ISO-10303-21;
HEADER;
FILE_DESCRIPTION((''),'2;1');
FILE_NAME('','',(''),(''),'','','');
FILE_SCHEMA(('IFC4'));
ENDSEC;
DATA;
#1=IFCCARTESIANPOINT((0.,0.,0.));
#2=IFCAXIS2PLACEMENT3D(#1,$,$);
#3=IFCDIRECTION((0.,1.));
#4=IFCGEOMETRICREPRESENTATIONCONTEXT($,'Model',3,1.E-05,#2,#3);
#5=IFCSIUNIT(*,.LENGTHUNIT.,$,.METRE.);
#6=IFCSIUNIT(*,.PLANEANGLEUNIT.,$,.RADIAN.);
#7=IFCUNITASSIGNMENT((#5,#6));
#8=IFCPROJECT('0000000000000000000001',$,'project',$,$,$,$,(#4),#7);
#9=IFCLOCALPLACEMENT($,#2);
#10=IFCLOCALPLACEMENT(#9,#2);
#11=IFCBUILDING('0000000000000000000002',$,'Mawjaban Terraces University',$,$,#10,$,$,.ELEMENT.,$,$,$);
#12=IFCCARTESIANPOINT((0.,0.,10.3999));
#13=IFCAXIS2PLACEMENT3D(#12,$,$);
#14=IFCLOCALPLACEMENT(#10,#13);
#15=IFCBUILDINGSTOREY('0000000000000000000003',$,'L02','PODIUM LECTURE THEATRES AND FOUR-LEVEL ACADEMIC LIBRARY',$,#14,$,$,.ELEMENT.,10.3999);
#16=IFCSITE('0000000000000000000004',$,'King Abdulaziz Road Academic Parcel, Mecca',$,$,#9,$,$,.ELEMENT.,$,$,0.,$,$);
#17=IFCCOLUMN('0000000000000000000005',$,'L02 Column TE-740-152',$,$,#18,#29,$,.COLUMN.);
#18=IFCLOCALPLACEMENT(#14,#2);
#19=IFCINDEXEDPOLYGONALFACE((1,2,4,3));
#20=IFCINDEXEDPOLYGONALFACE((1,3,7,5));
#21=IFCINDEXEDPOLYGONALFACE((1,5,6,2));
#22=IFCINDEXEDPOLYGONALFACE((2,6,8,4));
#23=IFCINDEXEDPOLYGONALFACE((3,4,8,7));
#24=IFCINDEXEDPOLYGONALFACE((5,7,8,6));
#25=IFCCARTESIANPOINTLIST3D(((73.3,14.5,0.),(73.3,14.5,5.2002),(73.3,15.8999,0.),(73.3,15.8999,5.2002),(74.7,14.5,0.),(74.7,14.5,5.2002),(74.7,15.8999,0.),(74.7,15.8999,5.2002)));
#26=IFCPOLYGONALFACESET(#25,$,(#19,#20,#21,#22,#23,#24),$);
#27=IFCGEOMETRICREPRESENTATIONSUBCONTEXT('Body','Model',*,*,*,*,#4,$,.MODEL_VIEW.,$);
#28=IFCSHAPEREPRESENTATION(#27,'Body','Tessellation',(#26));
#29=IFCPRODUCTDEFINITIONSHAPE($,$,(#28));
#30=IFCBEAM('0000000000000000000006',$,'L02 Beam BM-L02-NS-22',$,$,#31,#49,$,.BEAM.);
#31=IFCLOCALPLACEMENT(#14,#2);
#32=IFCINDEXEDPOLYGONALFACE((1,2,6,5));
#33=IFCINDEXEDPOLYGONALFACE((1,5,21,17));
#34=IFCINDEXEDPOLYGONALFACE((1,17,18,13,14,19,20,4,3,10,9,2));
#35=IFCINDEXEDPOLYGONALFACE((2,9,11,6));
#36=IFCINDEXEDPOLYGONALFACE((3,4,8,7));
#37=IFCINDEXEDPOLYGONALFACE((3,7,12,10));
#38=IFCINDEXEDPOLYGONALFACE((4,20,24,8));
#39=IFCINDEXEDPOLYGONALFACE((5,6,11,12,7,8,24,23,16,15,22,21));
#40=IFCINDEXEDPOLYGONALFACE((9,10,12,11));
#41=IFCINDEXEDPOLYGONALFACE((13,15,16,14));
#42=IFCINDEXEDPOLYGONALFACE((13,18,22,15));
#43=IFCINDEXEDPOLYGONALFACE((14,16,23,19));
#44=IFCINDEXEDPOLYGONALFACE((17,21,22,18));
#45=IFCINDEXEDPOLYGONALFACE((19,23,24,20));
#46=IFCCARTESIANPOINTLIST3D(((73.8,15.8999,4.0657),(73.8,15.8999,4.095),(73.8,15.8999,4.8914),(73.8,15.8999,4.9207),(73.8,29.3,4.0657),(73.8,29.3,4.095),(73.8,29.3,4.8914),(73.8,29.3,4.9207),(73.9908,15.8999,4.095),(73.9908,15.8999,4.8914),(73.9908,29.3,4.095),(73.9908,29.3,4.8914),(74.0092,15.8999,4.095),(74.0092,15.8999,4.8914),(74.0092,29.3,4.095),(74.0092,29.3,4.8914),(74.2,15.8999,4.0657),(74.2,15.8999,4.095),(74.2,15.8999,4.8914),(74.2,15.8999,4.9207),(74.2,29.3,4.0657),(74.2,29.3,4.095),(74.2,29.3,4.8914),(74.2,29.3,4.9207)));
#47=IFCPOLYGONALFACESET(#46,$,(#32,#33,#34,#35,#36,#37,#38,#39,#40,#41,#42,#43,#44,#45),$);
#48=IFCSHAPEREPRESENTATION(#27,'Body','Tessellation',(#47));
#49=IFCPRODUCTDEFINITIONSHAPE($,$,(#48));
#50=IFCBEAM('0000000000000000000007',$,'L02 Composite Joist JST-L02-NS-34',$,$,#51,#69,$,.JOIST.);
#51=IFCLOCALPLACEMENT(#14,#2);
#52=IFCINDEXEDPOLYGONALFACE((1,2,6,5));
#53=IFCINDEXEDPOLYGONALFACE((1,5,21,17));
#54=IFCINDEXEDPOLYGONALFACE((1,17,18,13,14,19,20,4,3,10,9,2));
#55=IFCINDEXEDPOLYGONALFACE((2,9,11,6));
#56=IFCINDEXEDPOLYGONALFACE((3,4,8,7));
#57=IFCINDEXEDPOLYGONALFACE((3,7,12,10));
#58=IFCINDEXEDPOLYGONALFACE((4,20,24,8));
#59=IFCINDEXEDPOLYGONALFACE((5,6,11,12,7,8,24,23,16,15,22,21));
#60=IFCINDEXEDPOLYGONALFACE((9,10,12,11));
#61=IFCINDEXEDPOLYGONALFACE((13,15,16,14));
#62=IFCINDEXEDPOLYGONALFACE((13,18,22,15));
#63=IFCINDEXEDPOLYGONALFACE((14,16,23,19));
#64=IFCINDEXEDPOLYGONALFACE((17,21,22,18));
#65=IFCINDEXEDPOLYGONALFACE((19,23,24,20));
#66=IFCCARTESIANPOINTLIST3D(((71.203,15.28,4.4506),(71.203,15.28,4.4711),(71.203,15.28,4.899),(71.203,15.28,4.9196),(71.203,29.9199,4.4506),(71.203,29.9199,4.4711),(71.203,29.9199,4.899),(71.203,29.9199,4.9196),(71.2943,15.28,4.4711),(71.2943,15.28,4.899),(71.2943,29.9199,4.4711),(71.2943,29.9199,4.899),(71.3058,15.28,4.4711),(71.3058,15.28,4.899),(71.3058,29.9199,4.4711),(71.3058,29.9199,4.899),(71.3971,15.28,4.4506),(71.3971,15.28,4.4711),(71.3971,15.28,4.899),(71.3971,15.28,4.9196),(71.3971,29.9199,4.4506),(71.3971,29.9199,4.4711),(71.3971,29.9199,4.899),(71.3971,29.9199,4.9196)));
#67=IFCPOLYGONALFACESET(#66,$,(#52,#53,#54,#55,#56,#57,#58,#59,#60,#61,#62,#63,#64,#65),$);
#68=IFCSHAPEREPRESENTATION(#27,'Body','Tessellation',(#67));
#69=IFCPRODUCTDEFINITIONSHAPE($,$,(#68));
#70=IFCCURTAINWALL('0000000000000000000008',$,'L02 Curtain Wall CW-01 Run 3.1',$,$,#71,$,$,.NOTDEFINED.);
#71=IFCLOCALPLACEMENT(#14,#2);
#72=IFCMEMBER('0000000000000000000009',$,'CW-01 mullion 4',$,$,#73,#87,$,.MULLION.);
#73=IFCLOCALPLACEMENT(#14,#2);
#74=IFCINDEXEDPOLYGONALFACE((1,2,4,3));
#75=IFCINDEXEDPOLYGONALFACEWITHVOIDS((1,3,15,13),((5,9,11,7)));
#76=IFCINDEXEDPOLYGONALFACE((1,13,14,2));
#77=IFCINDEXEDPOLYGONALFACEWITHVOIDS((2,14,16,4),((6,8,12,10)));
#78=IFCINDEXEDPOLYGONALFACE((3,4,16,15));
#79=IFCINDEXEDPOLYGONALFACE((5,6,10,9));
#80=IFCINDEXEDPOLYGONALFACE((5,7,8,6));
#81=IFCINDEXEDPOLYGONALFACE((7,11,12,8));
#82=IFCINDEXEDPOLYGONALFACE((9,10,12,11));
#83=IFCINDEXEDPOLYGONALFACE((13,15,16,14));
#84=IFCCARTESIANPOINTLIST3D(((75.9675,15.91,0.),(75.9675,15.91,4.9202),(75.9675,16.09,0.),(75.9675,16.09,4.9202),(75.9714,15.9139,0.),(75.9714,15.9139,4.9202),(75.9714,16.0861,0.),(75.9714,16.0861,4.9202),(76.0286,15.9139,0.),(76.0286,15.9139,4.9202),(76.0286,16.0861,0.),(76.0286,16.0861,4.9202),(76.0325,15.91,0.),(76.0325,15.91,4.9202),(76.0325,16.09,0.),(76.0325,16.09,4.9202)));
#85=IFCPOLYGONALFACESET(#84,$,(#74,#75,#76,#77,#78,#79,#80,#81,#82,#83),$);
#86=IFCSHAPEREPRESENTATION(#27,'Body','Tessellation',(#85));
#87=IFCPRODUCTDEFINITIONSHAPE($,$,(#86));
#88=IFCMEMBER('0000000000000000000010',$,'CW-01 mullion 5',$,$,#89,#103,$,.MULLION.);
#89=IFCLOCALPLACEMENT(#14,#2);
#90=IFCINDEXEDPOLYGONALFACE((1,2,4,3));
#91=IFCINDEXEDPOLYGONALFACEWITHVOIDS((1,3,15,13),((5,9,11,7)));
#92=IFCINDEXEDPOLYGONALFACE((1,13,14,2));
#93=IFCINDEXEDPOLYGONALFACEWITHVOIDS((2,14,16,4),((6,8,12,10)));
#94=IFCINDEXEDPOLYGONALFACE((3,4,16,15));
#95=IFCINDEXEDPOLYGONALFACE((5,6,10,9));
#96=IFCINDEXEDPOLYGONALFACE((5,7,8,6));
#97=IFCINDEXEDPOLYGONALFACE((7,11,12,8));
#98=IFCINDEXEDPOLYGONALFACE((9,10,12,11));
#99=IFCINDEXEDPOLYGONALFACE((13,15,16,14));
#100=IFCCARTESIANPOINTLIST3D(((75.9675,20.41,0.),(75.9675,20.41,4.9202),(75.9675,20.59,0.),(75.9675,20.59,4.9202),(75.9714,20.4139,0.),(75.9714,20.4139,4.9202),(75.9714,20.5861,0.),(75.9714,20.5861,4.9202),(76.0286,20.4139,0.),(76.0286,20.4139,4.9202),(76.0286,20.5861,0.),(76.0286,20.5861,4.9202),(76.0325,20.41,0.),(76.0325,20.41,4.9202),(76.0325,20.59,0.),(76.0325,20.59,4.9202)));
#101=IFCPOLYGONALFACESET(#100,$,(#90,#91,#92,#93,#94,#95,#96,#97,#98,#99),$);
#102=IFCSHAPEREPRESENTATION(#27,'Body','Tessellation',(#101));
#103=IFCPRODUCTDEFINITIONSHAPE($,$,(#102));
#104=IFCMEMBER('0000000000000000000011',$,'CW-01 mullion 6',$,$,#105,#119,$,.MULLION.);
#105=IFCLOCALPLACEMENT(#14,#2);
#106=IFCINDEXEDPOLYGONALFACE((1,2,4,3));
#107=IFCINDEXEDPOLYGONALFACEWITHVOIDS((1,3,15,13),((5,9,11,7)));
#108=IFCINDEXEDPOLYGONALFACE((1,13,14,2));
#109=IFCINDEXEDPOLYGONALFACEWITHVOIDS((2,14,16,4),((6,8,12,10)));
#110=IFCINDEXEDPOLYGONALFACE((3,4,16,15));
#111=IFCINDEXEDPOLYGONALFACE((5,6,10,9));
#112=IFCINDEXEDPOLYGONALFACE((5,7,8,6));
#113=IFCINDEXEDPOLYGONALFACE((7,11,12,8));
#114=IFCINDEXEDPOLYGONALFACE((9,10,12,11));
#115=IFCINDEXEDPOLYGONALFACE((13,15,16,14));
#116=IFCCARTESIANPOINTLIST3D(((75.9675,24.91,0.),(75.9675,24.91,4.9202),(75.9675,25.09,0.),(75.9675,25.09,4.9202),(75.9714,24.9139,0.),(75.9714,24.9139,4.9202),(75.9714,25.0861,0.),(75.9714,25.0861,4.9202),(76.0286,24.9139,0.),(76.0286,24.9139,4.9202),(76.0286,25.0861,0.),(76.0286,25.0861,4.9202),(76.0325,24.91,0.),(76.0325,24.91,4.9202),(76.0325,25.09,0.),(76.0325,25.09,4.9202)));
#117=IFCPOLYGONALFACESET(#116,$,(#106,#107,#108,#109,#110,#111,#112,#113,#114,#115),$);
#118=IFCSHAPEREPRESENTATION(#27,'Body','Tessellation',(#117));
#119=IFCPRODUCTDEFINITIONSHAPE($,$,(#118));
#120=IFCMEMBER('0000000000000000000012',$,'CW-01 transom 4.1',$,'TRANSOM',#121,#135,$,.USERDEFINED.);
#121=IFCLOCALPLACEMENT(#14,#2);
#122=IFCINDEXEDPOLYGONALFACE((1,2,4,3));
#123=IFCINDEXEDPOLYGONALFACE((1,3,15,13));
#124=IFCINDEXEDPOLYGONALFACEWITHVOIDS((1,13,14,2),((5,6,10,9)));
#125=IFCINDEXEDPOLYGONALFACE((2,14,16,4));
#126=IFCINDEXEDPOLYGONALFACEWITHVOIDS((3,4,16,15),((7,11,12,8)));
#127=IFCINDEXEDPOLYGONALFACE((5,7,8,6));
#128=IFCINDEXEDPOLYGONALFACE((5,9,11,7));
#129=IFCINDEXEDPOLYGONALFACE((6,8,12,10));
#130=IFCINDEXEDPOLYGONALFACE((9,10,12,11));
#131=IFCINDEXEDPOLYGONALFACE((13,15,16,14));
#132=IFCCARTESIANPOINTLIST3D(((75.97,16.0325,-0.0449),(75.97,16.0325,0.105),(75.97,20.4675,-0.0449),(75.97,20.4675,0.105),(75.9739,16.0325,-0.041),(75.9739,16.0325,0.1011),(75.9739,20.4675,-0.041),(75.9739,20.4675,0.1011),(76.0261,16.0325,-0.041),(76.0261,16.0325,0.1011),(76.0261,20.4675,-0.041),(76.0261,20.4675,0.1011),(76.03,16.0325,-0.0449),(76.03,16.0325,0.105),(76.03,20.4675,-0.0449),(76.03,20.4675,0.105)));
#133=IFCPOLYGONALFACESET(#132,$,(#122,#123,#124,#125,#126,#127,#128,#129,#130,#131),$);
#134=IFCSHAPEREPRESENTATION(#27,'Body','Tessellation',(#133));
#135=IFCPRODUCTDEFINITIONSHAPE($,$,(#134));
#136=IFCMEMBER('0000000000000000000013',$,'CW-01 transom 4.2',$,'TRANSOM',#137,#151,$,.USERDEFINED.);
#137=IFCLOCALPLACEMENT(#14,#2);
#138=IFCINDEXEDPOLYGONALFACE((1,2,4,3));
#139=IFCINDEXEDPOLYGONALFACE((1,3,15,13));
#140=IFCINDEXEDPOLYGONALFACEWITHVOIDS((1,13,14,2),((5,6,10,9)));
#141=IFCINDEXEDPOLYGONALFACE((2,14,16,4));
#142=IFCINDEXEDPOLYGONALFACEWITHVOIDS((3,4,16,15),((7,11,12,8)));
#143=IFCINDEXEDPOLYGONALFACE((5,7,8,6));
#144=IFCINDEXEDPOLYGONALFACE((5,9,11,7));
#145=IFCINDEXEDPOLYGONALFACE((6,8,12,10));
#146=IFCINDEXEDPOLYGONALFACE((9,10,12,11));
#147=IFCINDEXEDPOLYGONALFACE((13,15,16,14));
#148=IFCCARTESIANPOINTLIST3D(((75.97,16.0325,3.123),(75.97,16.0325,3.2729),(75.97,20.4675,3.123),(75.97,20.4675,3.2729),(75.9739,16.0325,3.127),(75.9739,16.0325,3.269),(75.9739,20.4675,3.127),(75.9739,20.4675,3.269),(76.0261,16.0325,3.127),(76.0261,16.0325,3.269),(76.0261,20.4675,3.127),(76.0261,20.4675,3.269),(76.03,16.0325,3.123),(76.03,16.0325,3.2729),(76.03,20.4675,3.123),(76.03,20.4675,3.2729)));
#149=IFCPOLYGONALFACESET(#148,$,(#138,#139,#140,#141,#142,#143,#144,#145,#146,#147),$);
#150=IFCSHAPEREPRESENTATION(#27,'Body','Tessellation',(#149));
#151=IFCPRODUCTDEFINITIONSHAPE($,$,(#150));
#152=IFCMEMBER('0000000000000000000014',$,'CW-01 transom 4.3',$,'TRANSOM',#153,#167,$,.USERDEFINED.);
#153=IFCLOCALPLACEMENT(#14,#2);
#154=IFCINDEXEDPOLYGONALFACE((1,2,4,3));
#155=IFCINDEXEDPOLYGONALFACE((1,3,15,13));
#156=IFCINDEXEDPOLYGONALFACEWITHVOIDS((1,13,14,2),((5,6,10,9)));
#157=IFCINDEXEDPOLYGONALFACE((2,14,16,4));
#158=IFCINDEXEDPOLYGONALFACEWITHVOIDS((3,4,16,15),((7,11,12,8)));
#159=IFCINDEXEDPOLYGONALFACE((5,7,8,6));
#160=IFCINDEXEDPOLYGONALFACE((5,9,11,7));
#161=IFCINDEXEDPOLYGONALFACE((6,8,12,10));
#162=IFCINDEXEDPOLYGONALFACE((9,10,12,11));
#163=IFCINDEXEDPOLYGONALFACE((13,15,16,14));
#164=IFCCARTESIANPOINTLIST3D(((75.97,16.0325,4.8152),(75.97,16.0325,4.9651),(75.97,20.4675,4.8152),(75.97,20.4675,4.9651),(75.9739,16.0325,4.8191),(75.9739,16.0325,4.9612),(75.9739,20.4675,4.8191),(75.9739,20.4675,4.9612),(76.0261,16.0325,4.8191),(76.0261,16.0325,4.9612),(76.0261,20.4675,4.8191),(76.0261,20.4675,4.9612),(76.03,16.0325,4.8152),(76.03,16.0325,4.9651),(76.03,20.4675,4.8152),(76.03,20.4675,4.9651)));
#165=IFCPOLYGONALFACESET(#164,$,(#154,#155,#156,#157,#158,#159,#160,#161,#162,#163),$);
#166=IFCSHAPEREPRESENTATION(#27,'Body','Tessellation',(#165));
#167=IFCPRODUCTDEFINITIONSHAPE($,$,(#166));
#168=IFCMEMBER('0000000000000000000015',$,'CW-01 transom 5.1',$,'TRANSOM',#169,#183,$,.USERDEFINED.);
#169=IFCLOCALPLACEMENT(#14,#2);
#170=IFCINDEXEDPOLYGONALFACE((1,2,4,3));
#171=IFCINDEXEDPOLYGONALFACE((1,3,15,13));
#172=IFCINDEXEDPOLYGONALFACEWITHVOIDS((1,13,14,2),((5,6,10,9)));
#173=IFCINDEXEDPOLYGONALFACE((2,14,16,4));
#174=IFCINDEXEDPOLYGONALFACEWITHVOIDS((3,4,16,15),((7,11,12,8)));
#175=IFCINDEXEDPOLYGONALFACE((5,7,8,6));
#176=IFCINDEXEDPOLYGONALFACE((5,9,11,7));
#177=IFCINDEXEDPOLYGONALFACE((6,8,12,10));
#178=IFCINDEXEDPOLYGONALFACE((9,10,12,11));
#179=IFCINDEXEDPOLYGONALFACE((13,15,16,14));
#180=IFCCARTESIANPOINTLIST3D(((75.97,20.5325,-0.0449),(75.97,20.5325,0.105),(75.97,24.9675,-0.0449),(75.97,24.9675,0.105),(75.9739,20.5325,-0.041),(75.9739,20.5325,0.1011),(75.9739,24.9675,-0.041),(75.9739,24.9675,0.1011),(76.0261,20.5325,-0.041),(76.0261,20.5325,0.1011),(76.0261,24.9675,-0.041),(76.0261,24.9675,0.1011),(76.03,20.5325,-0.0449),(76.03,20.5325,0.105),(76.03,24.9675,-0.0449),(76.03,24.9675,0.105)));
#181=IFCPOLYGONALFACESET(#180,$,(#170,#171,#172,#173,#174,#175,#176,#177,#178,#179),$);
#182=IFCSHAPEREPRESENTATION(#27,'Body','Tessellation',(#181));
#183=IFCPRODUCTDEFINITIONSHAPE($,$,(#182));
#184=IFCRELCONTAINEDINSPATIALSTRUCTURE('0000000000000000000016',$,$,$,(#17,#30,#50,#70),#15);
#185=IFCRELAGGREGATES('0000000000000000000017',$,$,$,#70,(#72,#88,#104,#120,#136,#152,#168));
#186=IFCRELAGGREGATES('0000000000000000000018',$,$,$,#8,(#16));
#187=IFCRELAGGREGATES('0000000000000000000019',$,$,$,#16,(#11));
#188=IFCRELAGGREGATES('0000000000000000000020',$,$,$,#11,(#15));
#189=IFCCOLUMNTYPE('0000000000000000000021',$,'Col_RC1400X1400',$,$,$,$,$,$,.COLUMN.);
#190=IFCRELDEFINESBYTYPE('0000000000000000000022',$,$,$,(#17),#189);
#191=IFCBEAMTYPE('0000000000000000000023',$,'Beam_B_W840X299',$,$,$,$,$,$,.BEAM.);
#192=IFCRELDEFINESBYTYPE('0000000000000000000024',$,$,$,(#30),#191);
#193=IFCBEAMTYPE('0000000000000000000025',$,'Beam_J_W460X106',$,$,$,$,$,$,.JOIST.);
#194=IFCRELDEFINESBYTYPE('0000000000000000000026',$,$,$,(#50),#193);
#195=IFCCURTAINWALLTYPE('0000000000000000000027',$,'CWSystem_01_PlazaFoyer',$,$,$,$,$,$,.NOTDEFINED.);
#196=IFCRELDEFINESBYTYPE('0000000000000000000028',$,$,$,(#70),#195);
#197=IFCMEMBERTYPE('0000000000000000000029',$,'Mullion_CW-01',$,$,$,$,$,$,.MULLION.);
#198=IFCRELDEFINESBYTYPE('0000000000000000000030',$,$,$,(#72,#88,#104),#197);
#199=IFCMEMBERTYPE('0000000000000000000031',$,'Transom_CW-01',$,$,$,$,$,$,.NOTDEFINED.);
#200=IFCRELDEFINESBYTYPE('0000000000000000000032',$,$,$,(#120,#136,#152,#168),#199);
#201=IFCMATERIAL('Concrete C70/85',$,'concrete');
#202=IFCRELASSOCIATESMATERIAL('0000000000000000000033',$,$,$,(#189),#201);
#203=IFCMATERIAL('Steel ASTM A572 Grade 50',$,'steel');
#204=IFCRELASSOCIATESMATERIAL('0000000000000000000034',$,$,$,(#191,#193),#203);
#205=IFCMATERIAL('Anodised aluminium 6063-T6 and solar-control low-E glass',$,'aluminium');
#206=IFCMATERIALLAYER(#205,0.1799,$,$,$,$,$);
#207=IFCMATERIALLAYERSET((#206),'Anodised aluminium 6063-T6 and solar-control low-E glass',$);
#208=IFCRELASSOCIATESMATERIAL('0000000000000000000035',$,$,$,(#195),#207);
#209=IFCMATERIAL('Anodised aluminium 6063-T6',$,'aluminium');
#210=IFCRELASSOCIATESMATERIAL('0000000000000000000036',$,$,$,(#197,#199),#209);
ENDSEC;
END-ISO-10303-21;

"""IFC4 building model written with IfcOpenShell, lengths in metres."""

from ifc_helpers import new_model, si_unit, direction, frame, origin, origin_2d, place, context, subcontext, project, spatial, rectangle, hollow_rectangle, i_section, extrude, material, layer, layer_set, material_profile, profile_set, type_object, element, aggregate, save


model = new_model("IFC4")

# Units and contexts
model_context = context("Model", 3, precision=1e-05, world=origin(), true_north=direction((0.0, 1.0)))
body_context = subcontext(model_context, "Body", "Model", "MODEL_VIEW")
ifc_project = project(units=[si_unit("LENGTHUNIT", "METRE"), si_unit("PLANEANGLEUNIT", "RADIAN")], contexts=[model_context])

# Site, building, storey
site_placement = place(None, origin())
site = spatial("IfcSite", under=ifc_project, at=site_placement, Name="King Abdulaziz Road Academic Parcel, Mecca", CompositionType="ELEMENT", RefElevation=0.0)
building_placement = place(site_placement, origin())
building = spatial("IfcBuilding", under=site, at=building_placement, Name="Mawjaban Terraces University", CompositionType="ELEMENT")
storey_placement = place(building_placement, frame((0.0, 0.0, 10.3999)))
storey = spatial("IfcBuildingStorey", under=building, at=storey_placement, Name="L02", Description="PODIUM LECTURE THEATRES AND FOUR-LEVEL ACADEMIC LIBRARY", CompositionType="ELEMENT", Elevation=10.3999)

# Column
ifc_material_1 = material(Name="Concrete C70/85", Category="concrete")
ifc_material_profile_1 = material_profile(ifc_material_1, rectangle(XDim=1.3999, YDim=1.3999, at=origin_2d()), Name="RC1400X1400")
ifc_profile_set_1 = profile_set([ifc_material_profile_1], Name="Concrete C70/85")
column_type = type_object("IfcColumnType", Name="Col_RC1400X1400", PredefinedType="COLUMN", material=ifc_profile_set_1)
column_placement = place(storey_placement, frame((74.0, 15.2, 0.0), z_axis=(0.0, 0.0, 1.0), x_axis=(1.0, 0.0, 0.0)))
element("IfcColumn", 1, at=column_placement, inside=storey, type_object=column_type, Name="L02 Column TE-740-152", PredefinedType="COLUMN", context=body_context, shape_type="SweptSolid", body=[
    extrude(rectangle(XDim=1.3999, YDim=1.3999, at=origin_2d()), origin(), (0.0, 0.0, 1.0), 5.2002),
])

# Beams
ifc_material_2 = material(Name="Steel ASTM A572 Grade 50", Category="steel")
ifc_material_profile_2 = material_profile(ifc_material_2, i_section(OverallWidth=0.3999, OverallDepth=0.855, WebThickness=0.0183, FlangeThickness=0.0293, at=origin_2d()), Name="W840X299")
ifc_profile_set_2 = profile_set([ifc_material_profile_2], Name="Steel ASTM A572 Grade 50")
beam_type_1 = type_object("IfcBeamType", Name="Beam_B_W840X299", PredefinedType="BEAM", material=ifc_profile_set_2)
beam_1_placement = place(storey_placement, frame((74.0, 15.8999, 4.4932), z_axis=(0.0, 1.0, 0.0), x_axis=(-1.0, 0.0, 0.0)))
element("IfcBeam", 2, at=beam_1_placement, inside=storey, type_object=beam_type_1, Name="L02 Beam BM-L02-NS-22", PredefinedType="BEAM", context=body_context, shape_type="SweptSolid", body=[
    extrude(i_section(OverallWidth=0.3999, OverallDepth=0.855, WebThickness=0.0183, FlangeThickness=0.0293, at=origin_2d()), origin(), (0.0, 0.0, 1.0), 13.4001),
])
ifc_material_profile_3 = material_profile(ifc_material_2, i_section(OverallWidth=0.1941, OverallDepth=0.469, WebThickness=0.0115, FlangeThickness=0.0205, at=origin_2d()), Name="W460X106")
ifc_profile_set_3 = profile_set([ifc_material_profile_3], Name="Steel ASTM A572 Grade 50")
beam_type_2 = type_object("IfcBeamType", Name="Beam_J_W460X106", PredefinedType="JOIST", material=ifc_profile_set_3)
beam_2_placement = place(storey_placement, frame((71.3, 15.28, 4.6851), z_axis=(0.0, 1.0, 0.0), x_axis=(-1.0, 0.0, 0.0)))
element("IfcBeam", 3, at=beam_2_placement, inside=storey, type_object=beam_type_2, Name="L02 Composite Joist JST-L02-NS-34", PredefinedType="JOIST", context=body_context, shape_type="SweptSolid", body=[
    extrude(i_section(OverallWidth=0.1941, OverallDepth=0.469, WebThickness=0.0115, FlangeThickness=0.0205, at=origin_2d()), origin(), (0.0, 0.0, 1.0), 14.6399),
])

# Curtain wall, members
ifc_material_3 = material(Name="Anodised aluminium 6063-T6 and solar-control low-E glass", Category="aluminium")
ifc_layer_1 = layer(ifc_material_3, 0.1799)
ifc_layer_set_1 = layer_set([ifc_layer_1], Name="Anodised aluminium 6063-T6 and solar-control low-E glass")
curtain_wall_type = type_object("IfcCurtainWallType", Name="CWSystem_01_PlazaFoyer", PredefinedType="NOTDEFINED", material=ifc_layer_set_1)
curtain_wall_placement = place(storey_placement, origin())
curtain_wall = element("IfcCurtainWall", 4, at=curtain_wall_placement, inside=storey, type_object=curtain_wall_type, Name="L02 Curtain Wall CW-01 Run 3.1", PredefinedType="NOTDEFINED")
ifc_material_4 = material(Name="Anodised aluminium 6063-T6", Category="aluminium")
ifc_material_profile_4 = material_profile(ifc_material_4, hollow_rectangle(XDim=0.0649, YDim=0.1799, WallThickness=0.0039, at=origin_2d()), Name="ALU180X65X4")
ifc_profile_set_4 = profile_set([ifc_material_profile_4], Name="Anodised aluminium 6063-T6")
member_type_1 = type_object("IfcMemberType", Name="Mullion_CW-01", PredefinedType="MULLION", material=ifc_profile_set_4)
member_1_placement = place(storey_placement, frame((76.0, 16.0, 0.0), z_axis=(0.0, 0.0, 1.0), x_axis=(-1.0, 0.0, 0.0)))
member_1 = element("IfcMember", 5, at=member_1_placement, type_object=member_type_1, Name="CW-01 mullion 4", PredefinedType="MULLION", context=body_context, shape_type="SweptSolid", body=[
    extrude(hollow_rectangle(XDim=0.0649, YDim=0.1799, WallThickness=0.0039, at=origin_2d()), origin(), (0.0, 0.0, 1.0), 4.9202),
])
member_2_placement = place(storey_placement, frame((76.0, 20.5, 0.0), z_axis=(0.0, 0.0, 1.0), x_axis=(-1.0, 0.0, 0.0)))
member_2 = element("IfcMember", 6, at=member_2_placement, type_object=member_type_1, Name="CW-01 mullion 5", PredefinedType="MULLION", context=body_context, shape_type="SweptSolid", body=[
    extrude(hollow_rectangle(XDim=0.0649, YDim=0.1799, WallThickness=0.0039, at=origin_2d()), origin(), (0.0, 0.0, 1.0), 4.9202),
])
member_3_placement = place(storey_placement, frame((76.0, 25.0, 0.0), z_axis=(0.0, 0.0, 1.0), x_axis=(-1.0, 0.0, 0.0)))
member_3 = element("IfcMember", 7, at=member_3_placement, type_object=member_type_1, Name="CW-01 mullion 6", PredefinedType="MULLION", context=body_context, shape_type="SweptSolid", body=[
    extrude(hollow_rectangle(XDim=0.0649, YDim=0.1799, WallThickness=0.0039, at=origin_2d()), origin(), (0.0, 0.0, 1.0), 4.9202),
])
ifc_material_profile_5 = material_profile(ifc_material_4, hollow_rectangle(XDim=0.0601, YDim=0.1499, WallThickness=0.0039, at=origin_2d()), Name="ALU150X60X4")
ifc_profile_set_5 = profile_set([ifc_material_profile_5], Name="Anodised aluminium 6063-T6")
member_type_2 = type_object("IfcMemberType", Name="Transom_CW-01", PredefinedType="NOTDEFINED", material=ifc_profile_set_5)
member_4_placement = place(storey_placement, frame((76.0, 16.0325, 0.03), z_axis=(0.0, 1.0, 0.0), x_axis=(-1.0, 0.0, 0.0)))
member_4 = element("IfcMember", 8, at=member_4_placement, type_object=member_type_2, Name="CW-01 transom 4.1", ObjectType="TRANSOM", PredefinedType="USERDEFINED", context=body_context, shape_type="SweptSolid", body=[
    extrude(hollow_rectangle(XDim=0.0601, YDim=0.1499, WallThickness=0.0039, at=origin_2d()), origin(), (0.0, 0.0, 1.0), 4.4351),
])
member_5_placement = place(storey_placement, frame((76.0, 16.0325, 3.198), z_axis=(0.0, 1.0, 0.0), x_axis=(-1.0, 0.0, 0.0)))
member_5 = element("IfcMember", 9, at=member_5_placement, type_object=member_type_2, Name="CW-01 transom 4.2", ObjectType="TRANSOM", PredefinedType="USERDEFINED", context=body_context, shape_type="SweptSolid", body=[
    extrude(hollow_rectangle(XDim=0.0601, YDim=0.1499, WallThickness=0.0039, at=origin_2d()), origin(), (0.0, 0.0, 1.0), 4.4351),
])
member_6_placement = place(storey_placement, frame((76.0, 16.0325, 4.8901), z_axis=(0.0, 1.0, 0.0), x_axis=(-1.0, 0.0, 0.0)))
member_6 = element("IfcMember", 10, at=member_6_placement, type_object=member_type_2, Name="CW-01 transom 4.3", ObjectType="TRANSOM", PredefinedType="USERDEFINED", context=body_context, shape_type="SweptSolid", body=[
    extrude(hollow_rectangle(XDim=0.0601, YDim=0.1499, WallThickness=0.0039, at=origin_2d()), origin(), (0.0, 0.0, 1.0), 4.4351),
])
member_7_placement = place(storey_placement, frame((76.0, 20.5325, 0.03), z_axis=(0.0, 1.0, 0.0), x_axis=(-1.0, 0.0, 0.0)))
member_7 = element("IfcMember", 11, at=member_7_placement, type_object=member_type_2, Name="CW-01 transom 5.1", ObjectType="TRANSOM", PredefinedType="USERDEFINED", context=body_context, shape_type="SweptSolid", body=[
    extrude(hollow_rectangle(XDim=0.0601, YDim=0.1499, WallThickness=0.0039, at=origin_2d()), origin(), (0.0, 0.0, 1.0), 4.4351),
])
aggregate(curtain_wall, [member_1, member_2, member_3, member_4, member_5, member_6, member_7])

save(model, "model.ifc")
